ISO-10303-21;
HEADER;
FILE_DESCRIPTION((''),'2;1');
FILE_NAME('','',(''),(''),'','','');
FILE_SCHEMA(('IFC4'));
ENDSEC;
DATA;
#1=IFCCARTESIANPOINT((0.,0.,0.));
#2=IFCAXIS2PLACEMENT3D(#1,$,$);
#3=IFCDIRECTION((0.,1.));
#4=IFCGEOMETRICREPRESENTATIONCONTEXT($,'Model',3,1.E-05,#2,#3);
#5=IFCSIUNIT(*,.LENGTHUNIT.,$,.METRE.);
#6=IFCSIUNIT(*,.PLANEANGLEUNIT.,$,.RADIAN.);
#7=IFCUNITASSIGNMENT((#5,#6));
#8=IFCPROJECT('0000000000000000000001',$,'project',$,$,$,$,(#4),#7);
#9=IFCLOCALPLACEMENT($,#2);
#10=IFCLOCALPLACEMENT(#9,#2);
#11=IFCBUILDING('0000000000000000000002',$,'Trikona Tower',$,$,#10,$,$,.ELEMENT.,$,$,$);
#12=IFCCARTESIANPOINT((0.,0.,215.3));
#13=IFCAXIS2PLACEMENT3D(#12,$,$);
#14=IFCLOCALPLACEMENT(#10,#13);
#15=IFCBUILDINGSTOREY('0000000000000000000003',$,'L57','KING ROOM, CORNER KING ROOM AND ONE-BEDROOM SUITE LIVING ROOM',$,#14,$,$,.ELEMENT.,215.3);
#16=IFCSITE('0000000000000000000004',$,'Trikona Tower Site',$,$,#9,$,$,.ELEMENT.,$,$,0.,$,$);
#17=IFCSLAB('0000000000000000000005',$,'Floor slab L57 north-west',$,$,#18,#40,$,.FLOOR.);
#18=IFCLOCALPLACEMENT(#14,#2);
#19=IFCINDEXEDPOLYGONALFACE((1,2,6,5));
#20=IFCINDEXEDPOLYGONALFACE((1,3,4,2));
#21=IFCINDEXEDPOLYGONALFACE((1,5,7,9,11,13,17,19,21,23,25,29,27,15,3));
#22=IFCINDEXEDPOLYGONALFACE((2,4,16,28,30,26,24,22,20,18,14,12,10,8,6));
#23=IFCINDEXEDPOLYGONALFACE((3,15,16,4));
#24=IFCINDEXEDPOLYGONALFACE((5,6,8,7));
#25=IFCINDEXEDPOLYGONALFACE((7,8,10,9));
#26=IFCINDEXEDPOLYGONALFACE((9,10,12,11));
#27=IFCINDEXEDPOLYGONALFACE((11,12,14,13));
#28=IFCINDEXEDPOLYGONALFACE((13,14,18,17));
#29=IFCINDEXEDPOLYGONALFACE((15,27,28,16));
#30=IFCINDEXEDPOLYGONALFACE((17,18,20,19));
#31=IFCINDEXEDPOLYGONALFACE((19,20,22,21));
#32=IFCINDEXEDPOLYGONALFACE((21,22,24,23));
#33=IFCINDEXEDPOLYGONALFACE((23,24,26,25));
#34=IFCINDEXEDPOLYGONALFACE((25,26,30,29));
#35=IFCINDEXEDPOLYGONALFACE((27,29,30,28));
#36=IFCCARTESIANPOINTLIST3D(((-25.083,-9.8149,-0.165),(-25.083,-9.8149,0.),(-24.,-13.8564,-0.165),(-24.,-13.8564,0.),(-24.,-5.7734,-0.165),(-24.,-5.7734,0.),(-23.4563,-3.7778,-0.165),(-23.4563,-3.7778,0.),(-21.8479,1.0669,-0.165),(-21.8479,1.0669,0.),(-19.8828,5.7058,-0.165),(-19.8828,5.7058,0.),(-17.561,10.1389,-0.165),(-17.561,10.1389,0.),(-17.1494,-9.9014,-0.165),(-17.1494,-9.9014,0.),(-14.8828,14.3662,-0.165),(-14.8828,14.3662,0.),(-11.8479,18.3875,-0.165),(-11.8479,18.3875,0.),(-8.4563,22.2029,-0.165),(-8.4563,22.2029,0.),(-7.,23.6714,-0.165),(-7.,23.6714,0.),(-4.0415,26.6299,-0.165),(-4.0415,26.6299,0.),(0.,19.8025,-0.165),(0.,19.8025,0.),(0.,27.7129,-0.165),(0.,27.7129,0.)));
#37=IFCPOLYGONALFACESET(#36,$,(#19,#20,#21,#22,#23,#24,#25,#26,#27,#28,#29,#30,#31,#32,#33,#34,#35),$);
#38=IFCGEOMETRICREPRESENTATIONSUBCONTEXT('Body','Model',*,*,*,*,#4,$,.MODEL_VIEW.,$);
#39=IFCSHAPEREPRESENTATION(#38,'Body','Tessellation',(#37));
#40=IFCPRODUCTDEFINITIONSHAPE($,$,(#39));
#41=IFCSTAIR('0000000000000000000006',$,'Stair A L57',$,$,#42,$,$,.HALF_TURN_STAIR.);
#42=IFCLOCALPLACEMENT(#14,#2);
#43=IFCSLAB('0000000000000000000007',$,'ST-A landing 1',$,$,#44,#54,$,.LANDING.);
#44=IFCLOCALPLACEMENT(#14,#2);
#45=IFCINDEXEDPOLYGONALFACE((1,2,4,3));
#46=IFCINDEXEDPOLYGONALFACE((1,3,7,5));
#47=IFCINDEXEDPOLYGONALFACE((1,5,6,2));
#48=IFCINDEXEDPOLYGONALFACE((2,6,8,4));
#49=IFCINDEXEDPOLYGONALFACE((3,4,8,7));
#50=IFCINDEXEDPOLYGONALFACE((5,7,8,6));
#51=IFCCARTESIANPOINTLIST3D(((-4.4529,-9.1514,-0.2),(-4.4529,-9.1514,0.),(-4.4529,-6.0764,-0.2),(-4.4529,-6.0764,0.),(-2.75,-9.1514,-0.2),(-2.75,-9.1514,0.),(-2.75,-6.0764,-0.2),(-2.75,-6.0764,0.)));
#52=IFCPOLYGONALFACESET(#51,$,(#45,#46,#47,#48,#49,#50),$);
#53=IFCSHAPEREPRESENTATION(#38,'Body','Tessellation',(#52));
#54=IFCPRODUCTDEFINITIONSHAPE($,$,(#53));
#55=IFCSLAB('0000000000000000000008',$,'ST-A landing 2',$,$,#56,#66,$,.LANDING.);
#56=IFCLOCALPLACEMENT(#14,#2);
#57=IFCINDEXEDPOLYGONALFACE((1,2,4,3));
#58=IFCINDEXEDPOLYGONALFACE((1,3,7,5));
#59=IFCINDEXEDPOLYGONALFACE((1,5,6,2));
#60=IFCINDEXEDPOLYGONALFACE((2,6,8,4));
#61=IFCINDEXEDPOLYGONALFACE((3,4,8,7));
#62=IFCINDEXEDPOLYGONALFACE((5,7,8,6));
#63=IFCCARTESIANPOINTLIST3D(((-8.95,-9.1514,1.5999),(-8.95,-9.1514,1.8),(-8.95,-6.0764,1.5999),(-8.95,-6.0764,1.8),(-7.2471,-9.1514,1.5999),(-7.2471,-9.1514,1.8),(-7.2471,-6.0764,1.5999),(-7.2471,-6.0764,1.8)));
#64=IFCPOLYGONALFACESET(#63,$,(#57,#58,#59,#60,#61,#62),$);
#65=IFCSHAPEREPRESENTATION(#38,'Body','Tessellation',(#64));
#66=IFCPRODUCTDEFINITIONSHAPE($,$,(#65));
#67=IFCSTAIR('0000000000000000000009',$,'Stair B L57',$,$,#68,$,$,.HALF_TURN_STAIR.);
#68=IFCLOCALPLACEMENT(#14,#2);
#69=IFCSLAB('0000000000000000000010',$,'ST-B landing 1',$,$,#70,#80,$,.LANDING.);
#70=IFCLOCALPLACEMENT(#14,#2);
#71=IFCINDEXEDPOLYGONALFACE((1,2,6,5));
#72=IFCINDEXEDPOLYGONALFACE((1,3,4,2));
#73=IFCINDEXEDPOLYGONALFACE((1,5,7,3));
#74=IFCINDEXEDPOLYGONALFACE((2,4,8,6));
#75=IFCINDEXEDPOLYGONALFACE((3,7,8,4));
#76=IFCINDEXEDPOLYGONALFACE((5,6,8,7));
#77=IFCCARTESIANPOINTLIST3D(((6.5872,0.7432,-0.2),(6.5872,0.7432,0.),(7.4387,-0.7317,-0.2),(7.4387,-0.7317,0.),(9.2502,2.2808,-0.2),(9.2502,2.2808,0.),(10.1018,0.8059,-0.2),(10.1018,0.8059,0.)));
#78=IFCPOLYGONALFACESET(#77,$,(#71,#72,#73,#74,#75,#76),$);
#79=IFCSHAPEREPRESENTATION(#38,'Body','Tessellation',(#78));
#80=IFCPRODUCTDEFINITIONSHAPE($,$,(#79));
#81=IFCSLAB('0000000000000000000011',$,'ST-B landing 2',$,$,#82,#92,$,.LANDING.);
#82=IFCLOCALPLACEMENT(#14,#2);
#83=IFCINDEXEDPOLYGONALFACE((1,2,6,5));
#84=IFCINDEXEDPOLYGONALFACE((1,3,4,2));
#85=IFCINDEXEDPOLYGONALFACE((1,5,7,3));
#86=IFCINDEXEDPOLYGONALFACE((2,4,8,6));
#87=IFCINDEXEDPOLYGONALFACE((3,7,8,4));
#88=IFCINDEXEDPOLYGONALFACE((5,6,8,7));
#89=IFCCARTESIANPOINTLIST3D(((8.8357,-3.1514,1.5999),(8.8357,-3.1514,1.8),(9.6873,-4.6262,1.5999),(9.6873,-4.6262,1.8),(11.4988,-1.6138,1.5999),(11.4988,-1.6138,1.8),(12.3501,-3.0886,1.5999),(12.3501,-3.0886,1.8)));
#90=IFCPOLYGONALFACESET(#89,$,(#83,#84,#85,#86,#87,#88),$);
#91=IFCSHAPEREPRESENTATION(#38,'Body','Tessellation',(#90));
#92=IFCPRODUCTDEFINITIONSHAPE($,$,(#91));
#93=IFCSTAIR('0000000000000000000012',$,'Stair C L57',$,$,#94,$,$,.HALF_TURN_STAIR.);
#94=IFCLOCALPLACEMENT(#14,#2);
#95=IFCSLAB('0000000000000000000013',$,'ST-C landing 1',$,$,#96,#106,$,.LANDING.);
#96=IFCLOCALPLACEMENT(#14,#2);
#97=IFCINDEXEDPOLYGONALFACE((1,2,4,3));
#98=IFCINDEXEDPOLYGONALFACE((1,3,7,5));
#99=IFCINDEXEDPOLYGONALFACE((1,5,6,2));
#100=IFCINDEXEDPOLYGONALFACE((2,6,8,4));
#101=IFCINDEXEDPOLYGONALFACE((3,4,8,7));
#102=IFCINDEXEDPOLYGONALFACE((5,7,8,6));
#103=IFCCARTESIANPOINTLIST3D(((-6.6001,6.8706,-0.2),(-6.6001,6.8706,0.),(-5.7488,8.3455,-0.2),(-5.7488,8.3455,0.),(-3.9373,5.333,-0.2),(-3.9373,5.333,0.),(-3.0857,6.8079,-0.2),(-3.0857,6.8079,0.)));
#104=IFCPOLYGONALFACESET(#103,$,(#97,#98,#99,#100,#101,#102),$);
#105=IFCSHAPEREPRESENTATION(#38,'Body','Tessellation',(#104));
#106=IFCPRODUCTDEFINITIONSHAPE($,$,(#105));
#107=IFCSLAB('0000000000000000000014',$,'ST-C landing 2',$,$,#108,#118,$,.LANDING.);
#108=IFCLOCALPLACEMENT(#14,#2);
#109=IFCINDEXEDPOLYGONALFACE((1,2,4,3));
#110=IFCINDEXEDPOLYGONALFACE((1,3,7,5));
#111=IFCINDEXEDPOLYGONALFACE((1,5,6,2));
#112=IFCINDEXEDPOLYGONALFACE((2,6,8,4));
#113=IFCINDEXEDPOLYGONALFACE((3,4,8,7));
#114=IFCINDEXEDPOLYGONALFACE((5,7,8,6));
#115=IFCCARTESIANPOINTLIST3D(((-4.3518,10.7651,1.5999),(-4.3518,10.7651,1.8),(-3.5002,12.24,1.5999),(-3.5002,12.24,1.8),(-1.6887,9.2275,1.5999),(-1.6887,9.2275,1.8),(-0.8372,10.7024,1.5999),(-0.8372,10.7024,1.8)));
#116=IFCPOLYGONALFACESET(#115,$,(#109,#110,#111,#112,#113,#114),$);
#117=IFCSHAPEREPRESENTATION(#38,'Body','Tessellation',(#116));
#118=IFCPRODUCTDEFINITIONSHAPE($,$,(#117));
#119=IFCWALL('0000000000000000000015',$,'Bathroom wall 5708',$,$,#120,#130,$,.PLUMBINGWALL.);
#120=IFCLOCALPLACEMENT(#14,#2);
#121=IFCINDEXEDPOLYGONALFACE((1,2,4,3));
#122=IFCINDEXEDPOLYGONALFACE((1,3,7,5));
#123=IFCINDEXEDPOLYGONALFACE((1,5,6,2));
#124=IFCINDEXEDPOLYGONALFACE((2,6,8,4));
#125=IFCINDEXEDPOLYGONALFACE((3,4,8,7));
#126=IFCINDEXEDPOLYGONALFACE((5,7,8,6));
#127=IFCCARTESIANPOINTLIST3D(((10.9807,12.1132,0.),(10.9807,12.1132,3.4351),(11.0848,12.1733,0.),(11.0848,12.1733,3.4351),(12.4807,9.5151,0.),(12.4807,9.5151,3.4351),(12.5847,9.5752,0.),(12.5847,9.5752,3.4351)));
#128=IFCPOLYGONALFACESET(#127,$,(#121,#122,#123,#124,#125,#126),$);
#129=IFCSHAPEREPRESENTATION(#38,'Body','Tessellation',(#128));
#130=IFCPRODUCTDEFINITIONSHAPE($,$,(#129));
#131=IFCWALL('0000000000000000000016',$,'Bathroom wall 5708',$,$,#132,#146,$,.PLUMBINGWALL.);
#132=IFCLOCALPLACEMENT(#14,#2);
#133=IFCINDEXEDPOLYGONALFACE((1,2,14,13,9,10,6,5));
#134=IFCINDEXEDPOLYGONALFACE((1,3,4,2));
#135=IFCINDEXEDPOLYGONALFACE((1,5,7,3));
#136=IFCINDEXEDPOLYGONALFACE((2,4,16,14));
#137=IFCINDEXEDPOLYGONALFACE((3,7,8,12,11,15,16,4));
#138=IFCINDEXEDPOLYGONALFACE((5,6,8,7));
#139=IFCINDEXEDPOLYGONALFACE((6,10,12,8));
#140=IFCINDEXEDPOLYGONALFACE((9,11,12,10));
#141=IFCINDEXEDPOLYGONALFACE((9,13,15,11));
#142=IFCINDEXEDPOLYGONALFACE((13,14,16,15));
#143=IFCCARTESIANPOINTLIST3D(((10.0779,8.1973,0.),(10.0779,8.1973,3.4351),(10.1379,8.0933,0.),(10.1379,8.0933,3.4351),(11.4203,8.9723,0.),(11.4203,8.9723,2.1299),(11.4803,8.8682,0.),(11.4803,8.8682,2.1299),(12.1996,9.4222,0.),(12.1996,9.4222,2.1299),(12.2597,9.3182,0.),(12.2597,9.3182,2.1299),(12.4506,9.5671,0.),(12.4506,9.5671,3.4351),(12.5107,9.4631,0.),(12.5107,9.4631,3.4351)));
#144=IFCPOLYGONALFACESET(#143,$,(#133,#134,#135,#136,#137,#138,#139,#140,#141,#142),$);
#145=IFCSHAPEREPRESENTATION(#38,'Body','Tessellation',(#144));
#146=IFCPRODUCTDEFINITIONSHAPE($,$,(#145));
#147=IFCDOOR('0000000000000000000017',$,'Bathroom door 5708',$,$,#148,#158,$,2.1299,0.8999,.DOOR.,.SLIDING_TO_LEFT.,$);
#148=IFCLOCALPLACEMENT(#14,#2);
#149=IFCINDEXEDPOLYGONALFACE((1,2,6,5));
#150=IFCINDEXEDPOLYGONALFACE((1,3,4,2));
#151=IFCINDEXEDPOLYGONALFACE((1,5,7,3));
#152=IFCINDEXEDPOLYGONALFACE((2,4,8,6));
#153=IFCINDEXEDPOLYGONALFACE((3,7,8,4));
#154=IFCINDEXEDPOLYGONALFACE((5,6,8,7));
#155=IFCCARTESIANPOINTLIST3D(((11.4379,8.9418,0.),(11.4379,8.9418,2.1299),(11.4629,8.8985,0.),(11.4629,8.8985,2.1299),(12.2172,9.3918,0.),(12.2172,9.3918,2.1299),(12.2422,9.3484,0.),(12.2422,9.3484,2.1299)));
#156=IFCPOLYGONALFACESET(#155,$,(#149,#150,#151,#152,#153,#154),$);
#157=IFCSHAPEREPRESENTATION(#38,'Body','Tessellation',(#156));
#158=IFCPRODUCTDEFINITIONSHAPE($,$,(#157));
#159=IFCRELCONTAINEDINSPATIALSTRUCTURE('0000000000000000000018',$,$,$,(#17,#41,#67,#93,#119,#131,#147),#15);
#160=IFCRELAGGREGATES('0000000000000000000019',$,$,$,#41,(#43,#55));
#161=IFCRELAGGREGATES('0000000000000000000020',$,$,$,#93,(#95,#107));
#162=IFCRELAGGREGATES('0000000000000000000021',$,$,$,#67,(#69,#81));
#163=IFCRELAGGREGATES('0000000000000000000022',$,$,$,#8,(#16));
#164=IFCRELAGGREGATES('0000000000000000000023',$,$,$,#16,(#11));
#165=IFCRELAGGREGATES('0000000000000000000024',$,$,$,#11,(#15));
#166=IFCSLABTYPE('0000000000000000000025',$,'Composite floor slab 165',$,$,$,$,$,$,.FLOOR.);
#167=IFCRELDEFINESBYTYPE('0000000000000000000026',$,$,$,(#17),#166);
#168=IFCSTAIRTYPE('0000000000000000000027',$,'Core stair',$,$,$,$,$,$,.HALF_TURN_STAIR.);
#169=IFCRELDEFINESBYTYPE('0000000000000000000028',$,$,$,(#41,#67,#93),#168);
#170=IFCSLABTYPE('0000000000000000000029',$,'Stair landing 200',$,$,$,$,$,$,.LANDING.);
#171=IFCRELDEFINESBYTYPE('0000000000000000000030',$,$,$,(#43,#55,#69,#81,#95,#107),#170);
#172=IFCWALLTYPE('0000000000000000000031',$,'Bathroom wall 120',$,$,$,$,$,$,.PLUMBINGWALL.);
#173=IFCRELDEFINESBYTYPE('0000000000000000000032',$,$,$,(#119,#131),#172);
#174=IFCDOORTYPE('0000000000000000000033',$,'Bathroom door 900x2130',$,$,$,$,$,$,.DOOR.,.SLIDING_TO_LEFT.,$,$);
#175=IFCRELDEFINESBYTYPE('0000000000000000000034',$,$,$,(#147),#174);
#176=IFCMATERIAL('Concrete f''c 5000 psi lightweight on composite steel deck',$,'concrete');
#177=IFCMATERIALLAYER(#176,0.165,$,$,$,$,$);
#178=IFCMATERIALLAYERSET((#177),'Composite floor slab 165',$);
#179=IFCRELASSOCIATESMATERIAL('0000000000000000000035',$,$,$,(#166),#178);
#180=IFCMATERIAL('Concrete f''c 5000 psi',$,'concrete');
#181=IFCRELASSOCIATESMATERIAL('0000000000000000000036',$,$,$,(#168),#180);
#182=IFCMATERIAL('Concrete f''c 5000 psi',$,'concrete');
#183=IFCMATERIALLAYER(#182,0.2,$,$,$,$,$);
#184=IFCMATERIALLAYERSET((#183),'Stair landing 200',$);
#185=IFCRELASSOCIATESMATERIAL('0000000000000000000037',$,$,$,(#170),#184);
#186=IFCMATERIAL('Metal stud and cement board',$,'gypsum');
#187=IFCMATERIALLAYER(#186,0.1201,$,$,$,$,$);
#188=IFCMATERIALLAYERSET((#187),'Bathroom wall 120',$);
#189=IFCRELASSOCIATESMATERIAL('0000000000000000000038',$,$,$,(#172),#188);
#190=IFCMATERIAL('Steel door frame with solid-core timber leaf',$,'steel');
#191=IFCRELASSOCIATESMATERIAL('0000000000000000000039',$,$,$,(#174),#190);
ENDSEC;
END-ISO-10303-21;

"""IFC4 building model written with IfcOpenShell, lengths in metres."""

from ifc_helpers import new_model, si_unit, direction, frame, frame_2d, origin, place, context, subcontext, project, spatial, polyline, rectangle, outline, extrude, material, layer, layer_set, type_object, element, fill, aggregate, save


model = new_model("IFC4")

# Units and contexts
model_context = context("Model", 3, precision=1e-05, world=origin(), true_north=direction((0.0, 1.0)))
body_context = subcontext(model_context, "Body", "Model", "MODEL_VIEW")
ifc_project = project(units=[si_unit("LENGTHUNIT", "METRE"), si_unit("PLANEANGLEUNIT", "RADIAN")], contexts=[model_context])

# Site, building, storey
site_placement = place(None, origin())
site = spatial("IfcSite", under=ifc_project, at=site_placement, Name="Trikona Tower Site", CompositionType="ELEMENT", RefElevation=0.0)
building_placement = place(site_placement, origin())
building = spatial("IfcBuilding", under=site, at=building_placement, Name="Trikona Tower", CompositionType="ELEMENT")
storey_placement = place(building_placement, frame((0.0, 0.0, 215.3)))
storey = spatial("IfcBuildingStorey", under=building, at=storey_placement, Name="L57", Description="KING ROOM, CORNER KING ROOM AND ONE-BEDROOM SUITE LIVING ROOM", CompositionType="ELEMENT", Elevation=215.3)

# Slab
ifc_material_1 = material(Name="Concrete f'c 5000 psi lightweight on composite steel deck", Category="concrete")
ifc_layer_1 = layer(ifc_material_1, 0.165)
ifc_layer_set_1 = layer_set([ifc_layer_1], Name="Composite floor slab 165")
slab_type_1 = type_object("IfcSlabType", Name="Composite floor slab 165", PredefinedType="FLOOR", material=ifc_layer_set_1)
slab_1_placement = place(storey_placement, frame((0.0, 0.0, -0.165)))
element("IfcSlab", 1, at=slab_1_placement, inside=storey, type_object=slab_type_1, Name="Floor slab L57 north-west", PredefinedType="FLOOR", context=body_context, shape_type="SweptSolid", body=[
    extrude(outline(polyline([(-7.0, 23.6714), (-8.4563, 22.2029), (-11.8479, 18.3875), (-14.8828, 14.3662), (-17.561, 10.1389), (-19.8828, 5.7058), (-21.8479, 1.0669), (-23.4563, -3.7778), (-24.0, -5.7734), (-25.083, -9.8149), (-24.0, -13.8564), (-17.1494, -9.9014), (0.0, 19.8025), (0.0, 27.7129), (-4.0415, 26.6299), (-7.0, 23.6714)])), origin(), (0.0, 0.0, 1.0), 0.165),
])

# Stairs, slabs
ifc_material_2 = material(Name="Concrete f'c 5000 psi", Category="concrete")
stair_type = type_object("IfcStairType", Name="Core stair", PredefinedType="HALF_TURN_STAIR", material=ifc_material_2)
stair_1_placement = place(storey_placement, origin())
stair_1 = element("IfcStair", 2, at=stair_1_placement, inside=storey, type_object=stair_type, Name="Stair A L57", PredefinedType="HALF_TURN_STAIR")
ifc_material_3 = material(Name="Concrete f'c 5000 psi", Category="concrete")
ifc_layer_2 = layer(ifc_material_3, 0.2)
ifc_layer_set_2 = layer_set([ifc_layer_2], Name="Stair landing 200")
slab_type_2 = type_object("IfcSlabType", Name="Stair landing 200", PredefinedType="LANDING", material=ifc_layer_set_2)
slab_2_placement = place(storey_placement, frame((0.0, 0.0, -0.2)))
slab_2 = element("IfcSlab", 3, at=slab_2_placement, type_object=slab_type_2, Name="ST-A landing 1", PredefinedType="LANDING", context=body_context, shape_type="SweptSolid", body=[
    extrude(outline(polyline([(-4.4529, -6.0764), (-2.75, -6.0764), (-2.75, -9.1514), (-4.4529, -9.1514), (-4.4529, -6.0764)])), origin(), (0.0, 0.0, 1.0), 0.2),
])
slab_3_placement = place(storey_placement, frame((0.0, 0.0, 1.5999)))
slab_3 = element("IfcSlab", 4, at=slab_3_placement, type_object=slab_type_2, Name="ST-A landing 2", PredefinedType="LANDING", context=body_context, shape_type="SweptSolid", body=[
    extrude(outline(polyline([(-8.95, -6.0764), (-7.2471, -6.0764), (-7.2471, -9.1514), (-8.95, -9.1514), (-8.95, -6.0764)])), origin(), (0.0, 0.0, 1.0), 0.2002),
])
aggregate(stair_1, [slab_2, slab_3])
stair_2_placement = place(storey_placement, origin())
stair_2 = element("IfcStair", 5, at=stair_2_placement, inside=storey, type_object=stair_type, Name="Stair B L57", PredefinedType="HALF_TURN_STAIR")
slab_4_placement = place(storey_placement, frame((0.0, 0.0, -0.2)))
slab_4 = element("IfcSlab", 6, at=slab_4_placement, type_object=slab_type_2, Name="ST-B landing 1", PredefinedType="LANDING", context=body_context, shape_type="SweptSolid", body=[
    extrude(outline(polyline([(7.4387, -0.7317), (6.5872, 0.7432), (9.2502, 2.2808), (10.1018, 0.8059), (7.4387, -0.7317)])), origin(), (0.0, 0.0, 1.0), 0.2),
])
slab_5_placement = place(storey_placement, frame((0.0, 0.0, 1.5999)))
slab_5 = element("IfcSlab", 7, at=slab_5_placement, type_object=slab_type_2, Name="ST-B landing 2", PredefinedType="LANDING", context=body_context, shape_type="SweptSolid", body=[
    extrude(outline(polyline([(9.6873, -4.6262), (8.8357, -3.1514), (11.4988, -1.6138), (12.3501, -3.0886), (9.6873, -4.6262)])), origin(), (0.0, 0.0, 1.0), 0.2002),
])
stair_3_placement = place(storey_placement, origin())
stair_3 = element("IfcStair", 8, at=stair_3_placement, inside=storey, type_object=stair_type, Name="Stair C L57", PredefinedType="HALF_TURN_STAIR")
slab_6_placement = place(storey_placement, frame((0.0, 0.0, -0.2)))
slab_6 = element("IfcSlab", 9, at=slab_6_placement, type_object=slab_type_2, Name="ST-C landing 1", PredefinedType="LANDING", context=body_context, shape_type="SweptSolid", body=[
    extrude(outline(polyline([(-3.0857, 6.8079), (-3.9373, 5.333), (-6.6001, 6.8706), (-5.7488, 8.3455), (-3.0857, 6.8079)])), origin(), (0.0, 0.0, 1.0), 0.2),
])
slab_7_placement = place(storey_placement, frame((0.0, 0.0, 1.5999)))
slab_7 = element("IfcSlab", 10, at=slab_7_placement, type_object=slab_type_2, Name="ST-C landing 2", PredefinedType="LANDING", context=body_context, shape_type="SweptSolid", body=[
    extrude(outline(polyline([(-0.8372, 10.7024), (-1.6887, 9.2275), (-4.3518, 10.7651), (-3.5002, 12.24), (-0.8372, 10.7024)])), origin(), (0.0, 0.0, 1.0), 0.2002),
])
aggregate(stair_3, [slab_6, slab_7])

# Wall
ifc_material_4 = material(Name="Metal stud and cement board", Category="gypsum")
ifc_layer_3 = layer(ifc_material_4, 0.1201)
ifc_layer_set_3 = layer_set([ifc_layer_3], Name="Bathroom wall 120")
wall_type_1 = type_object("IfcWallType", Name="Bathroom wall 120", PredefinedType="PLUMBINGWALL", material=ifc_layer_set_3)
wall_1_placement = place(storey_placement, frame((12.5327, 9.5452, 0.0), z_axis=(0.0, 0.0, 1.0), x_axis=(-0.49999, 0.866031, 0.0)))
element("IfcWall", 11, at=wall_1_placement, inside=storey, type_object=wall_type_1, Name="Bathroom wall 5708", PredefinedType="PLUMBINGWALL", context=body_context, shape_type="SweptSolid", body=[
    extrude(rectangle(XDim=3.0, YDim=0.1201, at=frame_2d((1.5, 0.0))), origin(), (0.0, 0.0, 1.0), 3.4351),
])

# Wall, opening, door
wall_2_placement = place(storey_placement, frame((10.1079, 8.1453, 0.0), z_axis=(0.0, 0.0, 1.0), x_axis=(0.866036, 0.499982, 0.0)))
wall_2 = element("IfcWall", 12, at=wall_2_placement, inside=storey, type_object=wall_type_1, Name="Bathroom wall 5708", PredefinedType="PLUMBINGWALL", context=body_context, shape_type="SweptSolid", body=[
    extrude(rectangle(XDim=2.7397, YDim=0.1201, at=frame_2d((1.3699, 0.0))), origin(), (0.0, 0.0, 1.0), 3.4351),
])
opening_1_placement = place(wall_2_placement, frame((1.55, 0.0, 0.0)))
opening_1 = element("IfcOpeningElement", 13, at=opening_1_placement, cuts=wall_2, PredefinedType="OPENING", context=body_context, shape_type="SweptSolid", body=[
    extrude(rectangle(XDim=0.8999, YDim=2.1299, at=frame_2d((0.45, 1.0649))), frame((0.0, 0.0701, 0.0), z_axis=(0.0, -1.0, 0.0), x_axis=(1.0, 0.0, 0.0)), (0.0, 0.0, 1.0), 0.1401),
])
ifc_material_5 = material(Name="Steel door frame with solid-core timber leaf", Category="steel")
door_type_1 = type_object("IfcDoorType", Name="Bathroom door 900x2130", OperationType="SLIDING_TO_LEFT", PredefinedType="DOOR", material=ifc_material_5)
door_1_placement = place(opening_1_placement, origin())
door_1 = element("IfcDoor", 14, at=door_1_placement, inside=storey, type_object=door_type_1, Name="Bathroom door 5708", OperationType="SLIDING_TO_LEFT", OverallHeight=2.1299, OverallWidth=0.8999, PredefinedType="DOOR", context=body_context, shape_type="SweptSolid", body=[
    extrude(rectangle(XDim=0.8999, YDim=2.1299, at=frame_2d((0.45, 1.0649))), frame((0.0, 0.0249, 0.0), z_axis=(0.0, -1.0, 0.0), x_axis=(1.0, 0.0, 0.0)), (0.0, 0.0, 1.0), 0.05),
])
fill(opening_1, door_1)

aggregate(stair_2, [slab_4, slab_5])

save(model, "model.ifc")
